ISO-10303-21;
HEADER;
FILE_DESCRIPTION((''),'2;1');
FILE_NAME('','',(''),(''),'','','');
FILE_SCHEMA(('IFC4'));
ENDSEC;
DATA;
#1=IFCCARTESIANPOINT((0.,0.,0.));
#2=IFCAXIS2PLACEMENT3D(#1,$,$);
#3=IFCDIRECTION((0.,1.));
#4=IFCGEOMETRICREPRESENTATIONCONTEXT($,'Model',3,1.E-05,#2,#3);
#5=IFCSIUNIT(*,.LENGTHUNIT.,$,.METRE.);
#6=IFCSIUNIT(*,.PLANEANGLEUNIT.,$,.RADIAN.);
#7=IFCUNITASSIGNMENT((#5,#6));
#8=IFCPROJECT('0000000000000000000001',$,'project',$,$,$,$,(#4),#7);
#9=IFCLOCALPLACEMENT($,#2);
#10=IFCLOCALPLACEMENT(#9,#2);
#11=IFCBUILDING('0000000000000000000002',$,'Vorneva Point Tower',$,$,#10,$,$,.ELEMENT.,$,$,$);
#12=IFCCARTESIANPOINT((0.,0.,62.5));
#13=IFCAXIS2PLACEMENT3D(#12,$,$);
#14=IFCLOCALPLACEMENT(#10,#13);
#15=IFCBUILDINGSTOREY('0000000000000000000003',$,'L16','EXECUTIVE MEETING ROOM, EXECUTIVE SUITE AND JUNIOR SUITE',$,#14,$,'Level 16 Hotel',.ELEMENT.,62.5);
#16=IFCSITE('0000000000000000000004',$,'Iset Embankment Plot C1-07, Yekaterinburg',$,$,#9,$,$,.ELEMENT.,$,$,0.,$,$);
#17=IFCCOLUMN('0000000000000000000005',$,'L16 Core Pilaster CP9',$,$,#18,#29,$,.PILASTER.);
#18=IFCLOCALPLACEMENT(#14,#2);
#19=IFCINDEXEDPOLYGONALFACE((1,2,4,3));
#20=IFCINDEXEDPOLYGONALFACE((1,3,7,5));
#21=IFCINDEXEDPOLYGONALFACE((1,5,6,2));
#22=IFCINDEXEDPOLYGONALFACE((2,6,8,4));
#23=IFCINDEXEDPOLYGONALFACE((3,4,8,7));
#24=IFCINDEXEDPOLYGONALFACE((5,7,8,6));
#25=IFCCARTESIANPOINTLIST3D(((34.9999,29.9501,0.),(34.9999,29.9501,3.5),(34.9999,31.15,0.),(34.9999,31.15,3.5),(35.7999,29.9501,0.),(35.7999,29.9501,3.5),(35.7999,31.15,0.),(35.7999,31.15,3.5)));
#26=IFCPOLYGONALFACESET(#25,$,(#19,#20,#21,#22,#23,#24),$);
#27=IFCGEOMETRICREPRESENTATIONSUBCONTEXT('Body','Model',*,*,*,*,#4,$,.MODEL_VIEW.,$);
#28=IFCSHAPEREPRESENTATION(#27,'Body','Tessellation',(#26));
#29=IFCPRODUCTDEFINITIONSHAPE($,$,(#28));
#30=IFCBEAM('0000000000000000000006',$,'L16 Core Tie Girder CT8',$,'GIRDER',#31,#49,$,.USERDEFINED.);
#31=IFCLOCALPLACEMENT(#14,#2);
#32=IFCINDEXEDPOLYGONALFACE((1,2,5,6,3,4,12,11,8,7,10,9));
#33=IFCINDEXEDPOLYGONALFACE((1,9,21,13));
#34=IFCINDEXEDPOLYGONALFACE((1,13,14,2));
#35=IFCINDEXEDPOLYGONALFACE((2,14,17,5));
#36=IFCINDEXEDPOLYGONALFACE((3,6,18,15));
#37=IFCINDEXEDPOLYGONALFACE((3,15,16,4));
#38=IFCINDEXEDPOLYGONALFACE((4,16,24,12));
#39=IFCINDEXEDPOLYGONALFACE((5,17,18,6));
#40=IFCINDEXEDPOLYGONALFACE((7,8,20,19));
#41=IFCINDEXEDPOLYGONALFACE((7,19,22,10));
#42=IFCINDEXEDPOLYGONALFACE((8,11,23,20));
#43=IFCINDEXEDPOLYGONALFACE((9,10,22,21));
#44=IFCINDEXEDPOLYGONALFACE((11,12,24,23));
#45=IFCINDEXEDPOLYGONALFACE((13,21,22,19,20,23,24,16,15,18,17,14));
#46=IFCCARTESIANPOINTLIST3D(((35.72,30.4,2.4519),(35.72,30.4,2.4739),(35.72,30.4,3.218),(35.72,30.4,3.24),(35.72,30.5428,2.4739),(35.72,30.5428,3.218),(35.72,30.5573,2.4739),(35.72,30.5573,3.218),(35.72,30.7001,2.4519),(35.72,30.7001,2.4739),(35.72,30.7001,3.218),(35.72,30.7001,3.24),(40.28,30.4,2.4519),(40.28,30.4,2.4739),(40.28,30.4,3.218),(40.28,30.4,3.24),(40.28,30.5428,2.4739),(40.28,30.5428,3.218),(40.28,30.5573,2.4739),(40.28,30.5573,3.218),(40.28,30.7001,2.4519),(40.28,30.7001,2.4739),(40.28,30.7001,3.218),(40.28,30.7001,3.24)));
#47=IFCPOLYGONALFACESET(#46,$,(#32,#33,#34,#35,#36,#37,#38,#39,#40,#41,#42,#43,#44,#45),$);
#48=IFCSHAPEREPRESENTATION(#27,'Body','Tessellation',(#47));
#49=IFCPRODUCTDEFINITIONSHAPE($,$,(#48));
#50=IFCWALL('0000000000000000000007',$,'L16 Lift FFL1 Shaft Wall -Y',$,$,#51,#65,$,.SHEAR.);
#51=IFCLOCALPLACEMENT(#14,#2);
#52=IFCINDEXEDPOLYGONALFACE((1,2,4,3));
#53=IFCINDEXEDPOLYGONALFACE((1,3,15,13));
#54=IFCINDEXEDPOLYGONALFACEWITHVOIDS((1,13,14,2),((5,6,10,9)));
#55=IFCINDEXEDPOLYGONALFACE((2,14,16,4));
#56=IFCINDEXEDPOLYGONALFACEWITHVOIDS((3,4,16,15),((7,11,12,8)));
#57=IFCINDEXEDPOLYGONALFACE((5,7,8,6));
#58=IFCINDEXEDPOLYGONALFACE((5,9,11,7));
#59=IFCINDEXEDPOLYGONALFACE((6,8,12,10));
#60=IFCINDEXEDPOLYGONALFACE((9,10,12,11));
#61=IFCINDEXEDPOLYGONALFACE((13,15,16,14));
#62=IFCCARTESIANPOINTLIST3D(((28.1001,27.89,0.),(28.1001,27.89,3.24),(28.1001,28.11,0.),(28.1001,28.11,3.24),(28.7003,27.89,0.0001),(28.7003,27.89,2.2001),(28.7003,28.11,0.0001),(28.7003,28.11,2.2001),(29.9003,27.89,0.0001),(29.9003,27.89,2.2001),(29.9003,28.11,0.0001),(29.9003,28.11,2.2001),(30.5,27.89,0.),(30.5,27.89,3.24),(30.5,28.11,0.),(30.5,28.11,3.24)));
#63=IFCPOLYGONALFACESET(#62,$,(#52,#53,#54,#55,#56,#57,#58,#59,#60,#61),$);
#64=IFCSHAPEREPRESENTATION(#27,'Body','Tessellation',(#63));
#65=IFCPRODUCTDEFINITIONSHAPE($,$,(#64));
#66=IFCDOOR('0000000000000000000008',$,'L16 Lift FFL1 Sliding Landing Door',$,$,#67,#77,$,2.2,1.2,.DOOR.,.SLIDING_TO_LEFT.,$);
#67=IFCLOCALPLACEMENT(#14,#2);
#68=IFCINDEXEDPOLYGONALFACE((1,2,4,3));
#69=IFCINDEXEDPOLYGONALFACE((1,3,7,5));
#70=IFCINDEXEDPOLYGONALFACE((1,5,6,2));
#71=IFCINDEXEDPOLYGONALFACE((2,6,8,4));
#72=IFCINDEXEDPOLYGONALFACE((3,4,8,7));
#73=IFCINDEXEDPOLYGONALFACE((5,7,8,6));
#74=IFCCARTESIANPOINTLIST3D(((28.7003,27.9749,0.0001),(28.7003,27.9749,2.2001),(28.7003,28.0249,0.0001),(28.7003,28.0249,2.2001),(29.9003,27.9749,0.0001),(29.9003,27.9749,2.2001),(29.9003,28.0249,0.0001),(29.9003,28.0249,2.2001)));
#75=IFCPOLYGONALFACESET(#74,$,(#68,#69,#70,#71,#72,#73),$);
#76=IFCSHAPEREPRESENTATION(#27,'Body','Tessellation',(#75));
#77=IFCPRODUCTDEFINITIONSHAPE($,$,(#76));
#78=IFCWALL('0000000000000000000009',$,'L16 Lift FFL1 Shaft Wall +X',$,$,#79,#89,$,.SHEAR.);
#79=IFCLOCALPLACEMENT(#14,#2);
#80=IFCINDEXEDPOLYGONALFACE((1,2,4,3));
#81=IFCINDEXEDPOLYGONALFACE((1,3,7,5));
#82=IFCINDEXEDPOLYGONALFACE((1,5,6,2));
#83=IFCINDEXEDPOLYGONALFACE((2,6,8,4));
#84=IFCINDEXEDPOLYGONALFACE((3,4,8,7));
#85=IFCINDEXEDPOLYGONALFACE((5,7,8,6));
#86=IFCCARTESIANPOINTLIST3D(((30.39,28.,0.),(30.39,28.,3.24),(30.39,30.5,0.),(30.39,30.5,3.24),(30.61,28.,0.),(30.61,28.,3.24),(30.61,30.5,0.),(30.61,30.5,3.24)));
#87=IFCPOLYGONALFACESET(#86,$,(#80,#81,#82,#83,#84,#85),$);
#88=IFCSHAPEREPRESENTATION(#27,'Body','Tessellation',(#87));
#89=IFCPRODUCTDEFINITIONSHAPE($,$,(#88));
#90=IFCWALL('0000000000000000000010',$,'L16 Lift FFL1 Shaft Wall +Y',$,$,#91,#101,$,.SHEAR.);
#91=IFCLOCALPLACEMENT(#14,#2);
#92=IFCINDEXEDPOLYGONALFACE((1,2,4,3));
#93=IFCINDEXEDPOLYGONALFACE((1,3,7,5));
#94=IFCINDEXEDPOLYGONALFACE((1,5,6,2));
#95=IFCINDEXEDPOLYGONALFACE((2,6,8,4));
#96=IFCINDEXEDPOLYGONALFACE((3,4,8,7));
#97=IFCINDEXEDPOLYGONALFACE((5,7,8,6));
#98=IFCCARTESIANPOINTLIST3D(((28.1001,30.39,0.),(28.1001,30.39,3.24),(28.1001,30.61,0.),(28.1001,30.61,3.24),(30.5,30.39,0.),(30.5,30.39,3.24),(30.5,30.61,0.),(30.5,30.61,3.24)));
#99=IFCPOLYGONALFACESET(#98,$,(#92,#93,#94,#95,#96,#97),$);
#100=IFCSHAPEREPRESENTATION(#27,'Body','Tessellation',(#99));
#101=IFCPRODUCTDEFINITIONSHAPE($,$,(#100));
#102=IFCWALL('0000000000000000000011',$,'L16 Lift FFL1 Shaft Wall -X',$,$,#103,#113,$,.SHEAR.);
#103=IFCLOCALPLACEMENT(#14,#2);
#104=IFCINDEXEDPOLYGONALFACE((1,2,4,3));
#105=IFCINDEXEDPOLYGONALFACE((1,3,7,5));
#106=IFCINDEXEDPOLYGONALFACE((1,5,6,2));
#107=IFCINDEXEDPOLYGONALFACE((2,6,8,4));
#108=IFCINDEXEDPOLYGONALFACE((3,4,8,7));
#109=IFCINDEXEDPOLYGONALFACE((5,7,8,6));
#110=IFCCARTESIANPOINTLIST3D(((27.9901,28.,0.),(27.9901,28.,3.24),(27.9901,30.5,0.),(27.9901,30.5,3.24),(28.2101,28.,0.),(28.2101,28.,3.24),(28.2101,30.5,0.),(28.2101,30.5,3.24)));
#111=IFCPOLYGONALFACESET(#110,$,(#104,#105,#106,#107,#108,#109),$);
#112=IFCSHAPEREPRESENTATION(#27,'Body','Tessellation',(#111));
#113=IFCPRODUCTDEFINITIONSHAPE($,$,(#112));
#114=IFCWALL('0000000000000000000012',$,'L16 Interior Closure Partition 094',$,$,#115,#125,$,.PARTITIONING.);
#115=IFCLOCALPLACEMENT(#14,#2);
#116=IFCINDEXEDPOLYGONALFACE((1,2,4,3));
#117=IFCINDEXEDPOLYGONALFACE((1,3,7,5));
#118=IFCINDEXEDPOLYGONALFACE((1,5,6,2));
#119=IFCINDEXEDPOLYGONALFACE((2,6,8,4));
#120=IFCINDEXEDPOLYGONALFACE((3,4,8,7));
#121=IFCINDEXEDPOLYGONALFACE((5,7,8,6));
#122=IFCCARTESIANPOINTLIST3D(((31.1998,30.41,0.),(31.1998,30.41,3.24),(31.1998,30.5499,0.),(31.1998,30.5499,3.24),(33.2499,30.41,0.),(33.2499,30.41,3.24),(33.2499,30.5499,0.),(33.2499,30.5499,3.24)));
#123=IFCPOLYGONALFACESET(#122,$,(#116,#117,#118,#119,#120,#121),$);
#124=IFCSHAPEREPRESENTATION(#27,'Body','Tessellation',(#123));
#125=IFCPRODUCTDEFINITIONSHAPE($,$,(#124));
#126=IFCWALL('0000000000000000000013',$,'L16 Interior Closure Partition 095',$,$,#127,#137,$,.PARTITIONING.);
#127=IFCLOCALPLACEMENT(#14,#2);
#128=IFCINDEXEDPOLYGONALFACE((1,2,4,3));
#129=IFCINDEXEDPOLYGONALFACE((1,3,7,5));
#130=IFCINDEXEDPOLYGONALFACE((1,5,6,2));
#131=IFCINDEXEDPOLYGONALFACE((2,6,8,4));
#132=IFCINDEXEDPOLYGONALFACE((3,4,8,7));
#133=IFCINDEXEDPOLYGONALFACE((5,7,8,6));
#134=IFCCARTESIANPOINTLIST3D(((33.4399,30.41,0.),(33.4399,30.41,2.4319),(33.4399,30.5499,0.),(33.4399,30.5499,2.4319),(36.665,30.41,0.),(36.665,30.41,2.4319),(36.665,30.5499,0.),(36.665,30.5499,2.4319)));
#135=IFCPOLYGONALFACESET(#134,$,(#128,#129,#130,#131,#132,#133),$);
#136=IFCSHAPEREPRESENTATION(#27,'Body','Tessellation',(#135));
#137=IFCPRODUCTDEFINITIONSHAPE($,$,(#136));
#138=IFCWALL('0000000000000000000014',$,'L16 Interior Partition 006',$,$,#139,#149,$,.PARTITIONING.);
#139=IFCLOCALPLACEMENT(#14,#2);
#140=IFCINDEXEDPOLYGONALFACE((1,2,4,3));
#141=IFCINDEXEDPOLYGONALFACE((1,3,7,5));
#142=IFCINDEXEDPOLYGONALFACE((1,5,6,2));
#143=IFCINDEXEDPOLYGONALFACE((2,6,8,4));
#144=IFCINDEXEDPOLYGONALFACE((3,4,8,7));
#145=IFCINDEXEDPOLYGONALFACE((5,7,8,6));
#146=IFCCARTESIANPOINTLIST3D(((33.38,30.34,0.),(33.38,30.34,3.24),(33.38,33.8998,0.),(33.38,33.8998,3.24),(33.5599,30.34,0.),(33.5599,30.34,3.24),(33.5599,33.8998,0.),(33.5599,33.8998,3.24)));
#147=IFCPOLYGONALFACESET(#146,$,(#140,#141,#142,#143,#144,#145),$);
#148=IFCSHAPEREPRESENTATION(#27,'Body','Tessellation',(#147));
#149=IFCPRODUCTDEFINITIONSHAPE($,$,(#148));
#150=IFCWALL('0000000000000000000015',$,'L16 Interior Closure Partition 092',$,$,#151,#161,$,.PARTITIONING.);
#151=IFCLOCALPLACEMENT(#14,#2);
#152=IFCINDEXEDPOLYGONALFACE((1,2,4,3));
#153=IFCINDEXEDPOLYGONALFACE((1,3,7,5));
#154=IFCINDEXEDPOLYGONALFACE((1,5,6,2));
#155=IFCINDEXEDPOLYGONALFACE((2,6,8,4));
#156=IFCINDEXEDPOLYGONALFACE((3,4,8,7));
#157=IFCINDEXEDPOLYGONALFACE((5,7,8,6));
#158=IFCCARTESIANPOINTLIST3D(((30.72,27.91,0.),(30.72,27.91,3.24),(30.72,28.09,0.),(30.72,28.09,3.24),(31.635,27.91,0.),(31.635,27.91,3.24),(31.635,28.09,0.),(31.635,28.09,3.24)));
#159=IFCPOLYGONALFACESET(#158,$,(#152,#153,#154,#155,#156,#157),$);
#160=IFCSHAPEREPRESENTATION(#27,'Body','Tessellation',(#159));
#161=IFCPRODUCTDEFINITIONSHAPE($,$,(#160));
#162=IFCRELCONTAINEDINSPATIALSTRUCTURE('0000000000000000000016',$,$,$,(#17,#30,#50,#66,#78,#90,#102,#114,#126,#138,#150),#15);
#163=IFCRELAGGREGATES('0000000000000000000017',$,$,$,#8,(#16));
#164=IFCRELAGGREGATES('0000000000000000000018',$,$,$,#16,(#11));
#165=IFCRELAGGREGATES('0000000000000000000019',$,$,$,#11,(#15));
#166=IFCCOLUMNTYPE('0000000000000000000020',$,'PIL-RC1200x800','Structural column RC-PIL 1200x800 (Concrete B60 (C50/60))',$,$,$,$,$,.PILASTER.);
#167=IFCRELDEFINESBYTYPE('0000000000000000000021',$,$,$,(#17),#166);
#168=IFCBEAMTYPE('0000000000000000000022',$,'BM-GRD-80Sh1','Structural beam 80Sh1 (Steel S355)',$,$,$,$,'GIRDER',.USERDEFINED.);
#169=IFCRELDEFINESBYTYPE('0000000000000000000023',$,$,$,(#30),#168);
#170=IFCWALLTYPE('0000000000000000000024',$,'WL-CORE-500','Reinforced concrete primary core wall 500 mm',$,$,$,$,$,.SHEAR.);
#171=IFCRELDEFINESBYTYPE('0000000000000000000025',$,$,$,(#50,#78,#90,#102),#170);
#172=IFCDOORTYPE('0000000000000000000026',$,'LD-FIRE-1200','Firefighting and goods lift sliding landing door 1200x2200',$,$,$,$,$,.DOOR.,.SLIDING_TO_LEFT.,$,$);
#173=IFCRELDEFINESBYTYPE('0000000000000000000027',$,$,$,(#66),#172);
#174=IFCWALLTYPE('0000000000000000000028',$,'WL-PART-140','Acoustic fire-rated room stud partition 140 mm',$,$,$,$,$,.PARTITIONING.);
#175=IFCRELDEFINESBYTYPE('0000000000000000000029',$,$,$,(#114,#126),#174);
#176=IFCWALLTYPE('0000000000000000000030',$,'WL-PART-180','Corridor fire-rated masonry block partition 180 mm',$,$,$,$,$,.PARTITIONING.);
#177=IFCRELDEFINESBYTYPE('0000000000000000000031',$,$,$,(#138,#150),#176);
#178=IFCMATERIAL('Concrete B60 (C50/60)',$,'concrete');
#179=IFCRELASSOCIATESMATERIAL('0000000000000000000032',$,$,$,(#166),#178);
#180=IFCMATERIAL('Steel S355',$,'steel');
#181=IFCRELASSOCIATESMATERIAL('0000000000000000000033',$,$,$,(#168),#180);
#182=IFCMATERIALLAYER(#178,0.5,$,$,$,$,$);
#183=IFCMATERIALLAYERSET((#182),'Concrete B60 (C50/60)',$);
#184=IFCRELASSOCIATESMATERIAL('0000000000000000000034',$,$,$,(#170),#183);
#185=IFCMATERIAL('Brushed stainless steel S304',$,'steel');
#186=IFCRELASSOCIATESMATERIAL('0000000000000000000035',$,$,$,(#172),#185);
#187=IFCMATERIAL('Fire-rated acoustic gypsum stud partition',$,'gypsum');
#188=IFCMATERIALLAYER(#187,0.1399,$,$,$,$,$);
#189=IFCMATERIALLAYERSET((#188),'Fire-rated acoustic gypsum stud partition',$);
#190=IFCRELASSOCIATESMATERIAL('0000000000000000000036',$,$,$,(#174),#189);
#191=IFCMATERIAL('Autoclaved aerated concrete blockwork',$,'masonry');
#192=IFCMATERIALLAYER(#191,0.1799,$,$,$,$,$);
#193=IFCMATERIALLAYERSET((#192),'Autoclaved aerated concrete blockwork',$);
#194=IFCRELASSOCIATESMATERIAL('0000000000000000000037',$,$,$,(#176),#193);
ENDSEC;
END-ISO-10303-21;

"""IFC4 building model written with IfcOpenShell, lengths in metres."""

from ifc_helpers import new_model, si_unit, direction, frame, frame_2d, origin, origin_2d, place, context, subcontext, project, spatial, rectangle, i_section, extrude, material, layer, layer_set, material_profile, profile_set, type_object, element, fill, save


model = new_model("IFC4")

# Units and contexts
model_context = context("Model", 3, precision=1e-05, world=origin(), true_north=direction((0.0, 1.0)))
body_context = subcontext(model_context, "Body", "Model", "MODEL_VIEW")
ifc_project = project(units=[si_unit("LENGTHUNIT", "METRE"), si_unit("PLANEANGLEUNIT", "RADIAN")], contexts=[model_context])

# Site, building, storey
site_placement = place(None, origin())
site = spatial("IfcSite", under=ifc_project, at=site_placement, Name="Iset Embankment Plot C1-07, Yekaterinburg", CompositionType="ELEMENT", RefElevation=0.0)
building_placement = place(site_placement, origin())
building = spatial("IfcBuilding", under=site, at=building_placement, Name="Vorneva Point Tower", CompositionType="ELEMENT")
storey_placement = place(building_placement, frame((0.0, 0.0, 62.5)))
storey = spatial("IfcBuildingStorey", under=building, at=storey_placement, Name="L16", Description="EXECUTIVE MEETING ROOM, EXECUTIVE SUITE AND JUNIOR SUITE", LongName="Level 16 Hotel", CompositionType="ELEMENT", Elevation=62.5)

# Column
ifc_material_1 = material(Name="Concrete B60 (C50/60)", Category="concrete")
ifc_material_profile_1 = material_profile(ifc_material_1, rectangle(XDim=0.8, YDim=1.2, at=origin_2d()), Name="RC-PIL 1200x800")
ifc_profile_set_1 = profile_set([ifc_material_profile_1], Name="Concrete B60 (C50/60)")
column_type = type_object("IfcColumnType", Name="PIL-RC1200x800", Description="Structural column RC-PIL 1200x800 (Concrete B60 (C50/60))", PredefinedType="PILASTER", material=ifc_profile_set_1)
column_placement = place(storey_placement, frame((35.3999, 30.55, 0.0), z_axis=(0.0, 0.0, 1.0), x_axis=(1.0, 0.0, 0.0)))
element("IfcColumn", 1, at=column_placement, inside=storey, type_object=column_type, Name="L16 Core Pilaster CP9", PredefinedType="PILASTER", context=body_context, shape_type="SweptSolid", body=[
    extrude(rectangle(XDim=0.8, YDim=1.2, at=origin_2d()), origin(), (0.0, 0.0, 1.0), 3.5),
])

# Beam
ifc_material_2 = material(Name="Steel S355", Category="steel")
ifc_material_profile_2 = material_profile(ifc_material_2, i_section(OverallWidth=0.3, OverallDepth=0.7881, WebThickness=0.0144, FlangeThickness=0.022, at=origin_2d()), Name="80Sh1")
ifc_profile_set_2 = profile_set([ifc_material_profile_2], Name="Steel S355")
beam_type = type_object("IfcBeamType", Name="BM-GRD-80Sh1", Description="Structural beam 80Sh1 (Steel S355)", ElementType="GIRDER", PredefinedType="USERDEFINED", material=ifc_profile_set_2)
beam_placement = place(storey_placement, frame((35.72, 30.55, 2.8459), z_axis=(1.0, 0.0, 0.0), x_axis=(0.0, 1.0, 0.0)))
element("IfcBeam", 2, at=beam_placement, inside=storey, type_object=beam_type, Name="L16 Core Tie Girder CT8", ObjectType="GIRDER", PredefinedType="USERDEFINED", context=body_context, shape_type="SweptSolid", body=[
    extrude(i_section(OverallWidth=0.3, OverallDepth=0.7881, WebThickness=0.0144, FlangeThickness=0.022, at=origin_2d()), origin(), (0.0, 0.0, 1.0), 4.5601),
])

# Wall, opening, door
ifc_layer_1 = layer(ifc_material_1, 0.5)
ifc_layer_set_1 = layer_set([ifc_layer_1], Name="Concrete B60 (C50/60)")
wall_type_1 = type_object("IfcWallType", Name="WL-CORE-500", Description="Reinforced concrete primary core wall 500 mm", PredefinedType="SHEAR", material=ifc_layer_set_1)
wall_1_placement = place(storey_placement, frame((28.1001, 28.0, 0.0), z_axis=(0.0, 0.0, 1.0), x_axis=(1.0, 0.0, 0.0)))
wall_1 = element("IfcWall", 3, at=wall_1_placement, inside=storey, type_object=wall_type_1, Name="L16 Lift FFL1 Shaft Wall -Y", PredefinedType="SHEAR", context=body_context, shape_type="SweptSolid", body=[
    extrude(rectangle(XDim=2.3999, YDim=0.22, at=frame_2d((1.2, 0.0))), origin(), (0.0, 0.0, 1.0), 3.24),
])
opening_1_placement = place(wall_1_placement, frame((0.6001, 0.0, 0.0)))
opening_1 = element("IfcOpeningElement", 4, at=opening_1_placement, cuts=wall_1, PredefinedType="OPENING", context=body_context, shape_type="SweptSolid", body=[
    extrude(rectangle(XDim=1.2, YDim=2.2, at=frame_2d((0.6001, 1.1001))), frame((0.0, 0.125, 0.0), z_axis=(0.0, -1.0, 0.0), x_axis=(1.0, 0.0, 0.0)), (0.0, 0.0, 1.0), 0.2498),
])
ifc_material_3 = material(Name="Brushed stainless steel S304", Category="steel")
door_type_1 = type_object("IfcDoorType", Name="LD-FIRE-1200", Description="Firefighting and goods lift sliding landing door 1200x2200", OperationType="SLIDING_TO_LEFT", PredefinedType="DOOR", material=ifc_material_3)
door_1_placement = place(opening_1_placement, origin())
door_1 = element("IfcDoor", 5, at=door_1_placement, inside=storey, type_object=door_type_1, Name="L16 Lift FFL1 Sliding Landing Door", OperationType="SLIDING_TO_LEFT", OverallHeight=2.2, OverallWidth=1.2, PredefinedType="DOOR", context=body_context, shape_type="SweptSolid", body=[
    extrude(rectangle(XDim=1.2, YDim=2.2, at=frame_2d((0.6001, 1.1001))), frame((0.0, 0.0249, 0.0), z_axis=(0.0, -1.0, 0.0), x_axis=(1.0, 0.0, 0.0)), (0.0, 0.0, 1.0), 0.05),
])
fill(opening_1, door_1)

# Walls
wall_2_placement = place(storey_placement, frame((30.5, 28.0, 0.0), z_axis=(0.0, 0.0, 1.0), x_axis=(0.0, 1.0, 0.0)))
element("IfcWall", 6, at=wall_2_placement, inside=storey, type_object=wall_type_1, Name="L16 Lift FFL1 Shaft Wall +X", PredefinedType="SHEAR", context=body_context, shape_type="SweptSolid", body=[
    extrude(rectangle(XDim=2.5, YDim=0.22, at=frame_2d((1.25, 0.0))), origin(), (0.0, 0.0, 1.0), 3.24),
])
wall_3_placement = place(storey_placement, frame((30.5, 30.5, 0.0), z_axis=(0.0, 0.0, 1.0), x_axis=(-1.0, 0.0, 0.0)))
element("IfcWall", 7, at=wall_3_placement, inside=storey, type_object=wall_type_1, Name="L16 Lift FFL1 Shaft Wall +Y", PredefinedType="SHEAR", context=body_context, shape_type="SweptSolid", body=[
    extrude(rectangle(XDim=2.3999, YDim=0.22, at=frame_2d((1.2, 0.0))), origin(), (0.0, 0.0, 1.0), 3.24),
])
wall_4_placement = place(storey_placement, frame((28.1001, 30.5, 0.0), z_axis=(0.0, 0.0, 1.0), x_axis=(0.0, -1.0, 0.0)))
element("IfcWall", 8, at=wall_4_placement, inside=storey, type_object=wall_type_1, Name="L16 Lift FFL1 Shaft Wall -X", PredefinedType="SHEAR", context=body_context, shape_type="SweptSolid", body=[
    extrude(rectangle(XDim=2.5, YDim=0.22, at=frame_2d((1.25, 0.0))), origin(), (0.0, 0.0, 1.0), 3.24),
])
ifc_material_4 = material(Name="Fire-rated acoustic gypsum stud partition", Category="gypsum")
ifc_layer_2 = layer(ifc_material_4, 0.1399)
ifc_layer_set_2 = layer_set([ifc_layer_2], Name="Fire-rated acoustic gypsum stud partition")
wall_type_2 = type_object("IfcWallType", Name="WL-PART-140", Description="Acoustic fire-rated room stud partition 140 mm", PredefinedType="PARTITIONING", material=ifc_layer_set_2)
wall_5_placement = place(storey_placement, frame((31.2, 30.48, 0.0), z_axis=(0.0, 0.0, 1.0), x_axis=(1.0, 0.0, 0.0)))
element("IfcWall", 9, at=wall_5_placement, inside=storey, type_object=wall_type_2, Name="L16 Interior Closure Partition 094", PredefinedType="PARTITIONING", context=body_context, shape_type="SweptSolid", body=[
    extrude(rectangle(XDim=2.05, YDim=0.1399, at=frame_2d((1.0249, 0.0))), origin(), (0.0, 0.0, 1.0), 3.24),
])
wall_6_placement = place(storey_placement, frame((33.4399, 30.48, 0.0), z_axis=(0.0, 0.0, 1.0), x_axis=(1.0, 0.0, 0.0)))
element("IfcWall", 10, at=wall_6_placement, inside=storey, type_object=wall_type_2, Name="L16 Interior Closure Partition 095", PredefinedType="PARTITIONING", context=body_context, shape_type="SweptSolid", body=[
    extrude(rectangle(XDim=3.2251, YDim=0.1399, at=frame_2d((1.6125, 0.0))), origin(), (0.0, 0.0, 1.0), 2.4319),
])

# Shared definitions
ifc_material_5 = material(Name="Autoclaved aerated concrete blockwork", Category="masonry")
ifc_layer_3 = layer(ifc_material_5, 0.1799)
ifc_layer_set_3 = layer_set([ifc_layer_3], Name="Autoclaved aerated concrete blockwork")
wall_type_3 = type_object("IfcWallType", Name="WL-PART-180", Description="Corridor fire-rated masonry block partition 180 mm", PredefinedType="PARTITIONING", material=ifc_layer_set_3)

# Walls
wall_7_placement = place(storey_placement, frame((33.47, 30.3401, 0.0), z_axis=(0.0, 0.0, 1.0), x_axis=(0.0, 1.0, 0.0)))
element("IfcWall", 11, at=wall_7_placement, inside=storey, type_object=wall_type_3, Name="L16 Interior Partition 006", PredefinedType="PARTITIONING", context=body_context, shape_type="SweptSolid", body=[
    extrude(rectangle(XDim=3.5598, YDim=0.1799, at=frame_2d((1.7798, 0.0))), origin(), (0.0, 0.0, 1.0), 3.24),
])
wall_8_placement = place(storey_placement, frame((31.635, 28.0, 0.0), z_axis=(0.0, 0.0, 1.0), x_axis=(-1.0, 0.0, 0.0)))
element("IfcWall", 12, at=wall_8_placement, inside=storey, type_object=wall_type_3, Name="L16 Interior Closure Partition 092", PredefinedType="PARTITIONING", context=body_context, shape_type="SweptSolid", body=[
    extrude(rectangle(XDim=0.915, YDim=0.1799, at=frame_2d((0.4575, 0.0))), origin(), (0.0, 0.0, 1.0), 3.24),
])

save(model, "model.ifc")
